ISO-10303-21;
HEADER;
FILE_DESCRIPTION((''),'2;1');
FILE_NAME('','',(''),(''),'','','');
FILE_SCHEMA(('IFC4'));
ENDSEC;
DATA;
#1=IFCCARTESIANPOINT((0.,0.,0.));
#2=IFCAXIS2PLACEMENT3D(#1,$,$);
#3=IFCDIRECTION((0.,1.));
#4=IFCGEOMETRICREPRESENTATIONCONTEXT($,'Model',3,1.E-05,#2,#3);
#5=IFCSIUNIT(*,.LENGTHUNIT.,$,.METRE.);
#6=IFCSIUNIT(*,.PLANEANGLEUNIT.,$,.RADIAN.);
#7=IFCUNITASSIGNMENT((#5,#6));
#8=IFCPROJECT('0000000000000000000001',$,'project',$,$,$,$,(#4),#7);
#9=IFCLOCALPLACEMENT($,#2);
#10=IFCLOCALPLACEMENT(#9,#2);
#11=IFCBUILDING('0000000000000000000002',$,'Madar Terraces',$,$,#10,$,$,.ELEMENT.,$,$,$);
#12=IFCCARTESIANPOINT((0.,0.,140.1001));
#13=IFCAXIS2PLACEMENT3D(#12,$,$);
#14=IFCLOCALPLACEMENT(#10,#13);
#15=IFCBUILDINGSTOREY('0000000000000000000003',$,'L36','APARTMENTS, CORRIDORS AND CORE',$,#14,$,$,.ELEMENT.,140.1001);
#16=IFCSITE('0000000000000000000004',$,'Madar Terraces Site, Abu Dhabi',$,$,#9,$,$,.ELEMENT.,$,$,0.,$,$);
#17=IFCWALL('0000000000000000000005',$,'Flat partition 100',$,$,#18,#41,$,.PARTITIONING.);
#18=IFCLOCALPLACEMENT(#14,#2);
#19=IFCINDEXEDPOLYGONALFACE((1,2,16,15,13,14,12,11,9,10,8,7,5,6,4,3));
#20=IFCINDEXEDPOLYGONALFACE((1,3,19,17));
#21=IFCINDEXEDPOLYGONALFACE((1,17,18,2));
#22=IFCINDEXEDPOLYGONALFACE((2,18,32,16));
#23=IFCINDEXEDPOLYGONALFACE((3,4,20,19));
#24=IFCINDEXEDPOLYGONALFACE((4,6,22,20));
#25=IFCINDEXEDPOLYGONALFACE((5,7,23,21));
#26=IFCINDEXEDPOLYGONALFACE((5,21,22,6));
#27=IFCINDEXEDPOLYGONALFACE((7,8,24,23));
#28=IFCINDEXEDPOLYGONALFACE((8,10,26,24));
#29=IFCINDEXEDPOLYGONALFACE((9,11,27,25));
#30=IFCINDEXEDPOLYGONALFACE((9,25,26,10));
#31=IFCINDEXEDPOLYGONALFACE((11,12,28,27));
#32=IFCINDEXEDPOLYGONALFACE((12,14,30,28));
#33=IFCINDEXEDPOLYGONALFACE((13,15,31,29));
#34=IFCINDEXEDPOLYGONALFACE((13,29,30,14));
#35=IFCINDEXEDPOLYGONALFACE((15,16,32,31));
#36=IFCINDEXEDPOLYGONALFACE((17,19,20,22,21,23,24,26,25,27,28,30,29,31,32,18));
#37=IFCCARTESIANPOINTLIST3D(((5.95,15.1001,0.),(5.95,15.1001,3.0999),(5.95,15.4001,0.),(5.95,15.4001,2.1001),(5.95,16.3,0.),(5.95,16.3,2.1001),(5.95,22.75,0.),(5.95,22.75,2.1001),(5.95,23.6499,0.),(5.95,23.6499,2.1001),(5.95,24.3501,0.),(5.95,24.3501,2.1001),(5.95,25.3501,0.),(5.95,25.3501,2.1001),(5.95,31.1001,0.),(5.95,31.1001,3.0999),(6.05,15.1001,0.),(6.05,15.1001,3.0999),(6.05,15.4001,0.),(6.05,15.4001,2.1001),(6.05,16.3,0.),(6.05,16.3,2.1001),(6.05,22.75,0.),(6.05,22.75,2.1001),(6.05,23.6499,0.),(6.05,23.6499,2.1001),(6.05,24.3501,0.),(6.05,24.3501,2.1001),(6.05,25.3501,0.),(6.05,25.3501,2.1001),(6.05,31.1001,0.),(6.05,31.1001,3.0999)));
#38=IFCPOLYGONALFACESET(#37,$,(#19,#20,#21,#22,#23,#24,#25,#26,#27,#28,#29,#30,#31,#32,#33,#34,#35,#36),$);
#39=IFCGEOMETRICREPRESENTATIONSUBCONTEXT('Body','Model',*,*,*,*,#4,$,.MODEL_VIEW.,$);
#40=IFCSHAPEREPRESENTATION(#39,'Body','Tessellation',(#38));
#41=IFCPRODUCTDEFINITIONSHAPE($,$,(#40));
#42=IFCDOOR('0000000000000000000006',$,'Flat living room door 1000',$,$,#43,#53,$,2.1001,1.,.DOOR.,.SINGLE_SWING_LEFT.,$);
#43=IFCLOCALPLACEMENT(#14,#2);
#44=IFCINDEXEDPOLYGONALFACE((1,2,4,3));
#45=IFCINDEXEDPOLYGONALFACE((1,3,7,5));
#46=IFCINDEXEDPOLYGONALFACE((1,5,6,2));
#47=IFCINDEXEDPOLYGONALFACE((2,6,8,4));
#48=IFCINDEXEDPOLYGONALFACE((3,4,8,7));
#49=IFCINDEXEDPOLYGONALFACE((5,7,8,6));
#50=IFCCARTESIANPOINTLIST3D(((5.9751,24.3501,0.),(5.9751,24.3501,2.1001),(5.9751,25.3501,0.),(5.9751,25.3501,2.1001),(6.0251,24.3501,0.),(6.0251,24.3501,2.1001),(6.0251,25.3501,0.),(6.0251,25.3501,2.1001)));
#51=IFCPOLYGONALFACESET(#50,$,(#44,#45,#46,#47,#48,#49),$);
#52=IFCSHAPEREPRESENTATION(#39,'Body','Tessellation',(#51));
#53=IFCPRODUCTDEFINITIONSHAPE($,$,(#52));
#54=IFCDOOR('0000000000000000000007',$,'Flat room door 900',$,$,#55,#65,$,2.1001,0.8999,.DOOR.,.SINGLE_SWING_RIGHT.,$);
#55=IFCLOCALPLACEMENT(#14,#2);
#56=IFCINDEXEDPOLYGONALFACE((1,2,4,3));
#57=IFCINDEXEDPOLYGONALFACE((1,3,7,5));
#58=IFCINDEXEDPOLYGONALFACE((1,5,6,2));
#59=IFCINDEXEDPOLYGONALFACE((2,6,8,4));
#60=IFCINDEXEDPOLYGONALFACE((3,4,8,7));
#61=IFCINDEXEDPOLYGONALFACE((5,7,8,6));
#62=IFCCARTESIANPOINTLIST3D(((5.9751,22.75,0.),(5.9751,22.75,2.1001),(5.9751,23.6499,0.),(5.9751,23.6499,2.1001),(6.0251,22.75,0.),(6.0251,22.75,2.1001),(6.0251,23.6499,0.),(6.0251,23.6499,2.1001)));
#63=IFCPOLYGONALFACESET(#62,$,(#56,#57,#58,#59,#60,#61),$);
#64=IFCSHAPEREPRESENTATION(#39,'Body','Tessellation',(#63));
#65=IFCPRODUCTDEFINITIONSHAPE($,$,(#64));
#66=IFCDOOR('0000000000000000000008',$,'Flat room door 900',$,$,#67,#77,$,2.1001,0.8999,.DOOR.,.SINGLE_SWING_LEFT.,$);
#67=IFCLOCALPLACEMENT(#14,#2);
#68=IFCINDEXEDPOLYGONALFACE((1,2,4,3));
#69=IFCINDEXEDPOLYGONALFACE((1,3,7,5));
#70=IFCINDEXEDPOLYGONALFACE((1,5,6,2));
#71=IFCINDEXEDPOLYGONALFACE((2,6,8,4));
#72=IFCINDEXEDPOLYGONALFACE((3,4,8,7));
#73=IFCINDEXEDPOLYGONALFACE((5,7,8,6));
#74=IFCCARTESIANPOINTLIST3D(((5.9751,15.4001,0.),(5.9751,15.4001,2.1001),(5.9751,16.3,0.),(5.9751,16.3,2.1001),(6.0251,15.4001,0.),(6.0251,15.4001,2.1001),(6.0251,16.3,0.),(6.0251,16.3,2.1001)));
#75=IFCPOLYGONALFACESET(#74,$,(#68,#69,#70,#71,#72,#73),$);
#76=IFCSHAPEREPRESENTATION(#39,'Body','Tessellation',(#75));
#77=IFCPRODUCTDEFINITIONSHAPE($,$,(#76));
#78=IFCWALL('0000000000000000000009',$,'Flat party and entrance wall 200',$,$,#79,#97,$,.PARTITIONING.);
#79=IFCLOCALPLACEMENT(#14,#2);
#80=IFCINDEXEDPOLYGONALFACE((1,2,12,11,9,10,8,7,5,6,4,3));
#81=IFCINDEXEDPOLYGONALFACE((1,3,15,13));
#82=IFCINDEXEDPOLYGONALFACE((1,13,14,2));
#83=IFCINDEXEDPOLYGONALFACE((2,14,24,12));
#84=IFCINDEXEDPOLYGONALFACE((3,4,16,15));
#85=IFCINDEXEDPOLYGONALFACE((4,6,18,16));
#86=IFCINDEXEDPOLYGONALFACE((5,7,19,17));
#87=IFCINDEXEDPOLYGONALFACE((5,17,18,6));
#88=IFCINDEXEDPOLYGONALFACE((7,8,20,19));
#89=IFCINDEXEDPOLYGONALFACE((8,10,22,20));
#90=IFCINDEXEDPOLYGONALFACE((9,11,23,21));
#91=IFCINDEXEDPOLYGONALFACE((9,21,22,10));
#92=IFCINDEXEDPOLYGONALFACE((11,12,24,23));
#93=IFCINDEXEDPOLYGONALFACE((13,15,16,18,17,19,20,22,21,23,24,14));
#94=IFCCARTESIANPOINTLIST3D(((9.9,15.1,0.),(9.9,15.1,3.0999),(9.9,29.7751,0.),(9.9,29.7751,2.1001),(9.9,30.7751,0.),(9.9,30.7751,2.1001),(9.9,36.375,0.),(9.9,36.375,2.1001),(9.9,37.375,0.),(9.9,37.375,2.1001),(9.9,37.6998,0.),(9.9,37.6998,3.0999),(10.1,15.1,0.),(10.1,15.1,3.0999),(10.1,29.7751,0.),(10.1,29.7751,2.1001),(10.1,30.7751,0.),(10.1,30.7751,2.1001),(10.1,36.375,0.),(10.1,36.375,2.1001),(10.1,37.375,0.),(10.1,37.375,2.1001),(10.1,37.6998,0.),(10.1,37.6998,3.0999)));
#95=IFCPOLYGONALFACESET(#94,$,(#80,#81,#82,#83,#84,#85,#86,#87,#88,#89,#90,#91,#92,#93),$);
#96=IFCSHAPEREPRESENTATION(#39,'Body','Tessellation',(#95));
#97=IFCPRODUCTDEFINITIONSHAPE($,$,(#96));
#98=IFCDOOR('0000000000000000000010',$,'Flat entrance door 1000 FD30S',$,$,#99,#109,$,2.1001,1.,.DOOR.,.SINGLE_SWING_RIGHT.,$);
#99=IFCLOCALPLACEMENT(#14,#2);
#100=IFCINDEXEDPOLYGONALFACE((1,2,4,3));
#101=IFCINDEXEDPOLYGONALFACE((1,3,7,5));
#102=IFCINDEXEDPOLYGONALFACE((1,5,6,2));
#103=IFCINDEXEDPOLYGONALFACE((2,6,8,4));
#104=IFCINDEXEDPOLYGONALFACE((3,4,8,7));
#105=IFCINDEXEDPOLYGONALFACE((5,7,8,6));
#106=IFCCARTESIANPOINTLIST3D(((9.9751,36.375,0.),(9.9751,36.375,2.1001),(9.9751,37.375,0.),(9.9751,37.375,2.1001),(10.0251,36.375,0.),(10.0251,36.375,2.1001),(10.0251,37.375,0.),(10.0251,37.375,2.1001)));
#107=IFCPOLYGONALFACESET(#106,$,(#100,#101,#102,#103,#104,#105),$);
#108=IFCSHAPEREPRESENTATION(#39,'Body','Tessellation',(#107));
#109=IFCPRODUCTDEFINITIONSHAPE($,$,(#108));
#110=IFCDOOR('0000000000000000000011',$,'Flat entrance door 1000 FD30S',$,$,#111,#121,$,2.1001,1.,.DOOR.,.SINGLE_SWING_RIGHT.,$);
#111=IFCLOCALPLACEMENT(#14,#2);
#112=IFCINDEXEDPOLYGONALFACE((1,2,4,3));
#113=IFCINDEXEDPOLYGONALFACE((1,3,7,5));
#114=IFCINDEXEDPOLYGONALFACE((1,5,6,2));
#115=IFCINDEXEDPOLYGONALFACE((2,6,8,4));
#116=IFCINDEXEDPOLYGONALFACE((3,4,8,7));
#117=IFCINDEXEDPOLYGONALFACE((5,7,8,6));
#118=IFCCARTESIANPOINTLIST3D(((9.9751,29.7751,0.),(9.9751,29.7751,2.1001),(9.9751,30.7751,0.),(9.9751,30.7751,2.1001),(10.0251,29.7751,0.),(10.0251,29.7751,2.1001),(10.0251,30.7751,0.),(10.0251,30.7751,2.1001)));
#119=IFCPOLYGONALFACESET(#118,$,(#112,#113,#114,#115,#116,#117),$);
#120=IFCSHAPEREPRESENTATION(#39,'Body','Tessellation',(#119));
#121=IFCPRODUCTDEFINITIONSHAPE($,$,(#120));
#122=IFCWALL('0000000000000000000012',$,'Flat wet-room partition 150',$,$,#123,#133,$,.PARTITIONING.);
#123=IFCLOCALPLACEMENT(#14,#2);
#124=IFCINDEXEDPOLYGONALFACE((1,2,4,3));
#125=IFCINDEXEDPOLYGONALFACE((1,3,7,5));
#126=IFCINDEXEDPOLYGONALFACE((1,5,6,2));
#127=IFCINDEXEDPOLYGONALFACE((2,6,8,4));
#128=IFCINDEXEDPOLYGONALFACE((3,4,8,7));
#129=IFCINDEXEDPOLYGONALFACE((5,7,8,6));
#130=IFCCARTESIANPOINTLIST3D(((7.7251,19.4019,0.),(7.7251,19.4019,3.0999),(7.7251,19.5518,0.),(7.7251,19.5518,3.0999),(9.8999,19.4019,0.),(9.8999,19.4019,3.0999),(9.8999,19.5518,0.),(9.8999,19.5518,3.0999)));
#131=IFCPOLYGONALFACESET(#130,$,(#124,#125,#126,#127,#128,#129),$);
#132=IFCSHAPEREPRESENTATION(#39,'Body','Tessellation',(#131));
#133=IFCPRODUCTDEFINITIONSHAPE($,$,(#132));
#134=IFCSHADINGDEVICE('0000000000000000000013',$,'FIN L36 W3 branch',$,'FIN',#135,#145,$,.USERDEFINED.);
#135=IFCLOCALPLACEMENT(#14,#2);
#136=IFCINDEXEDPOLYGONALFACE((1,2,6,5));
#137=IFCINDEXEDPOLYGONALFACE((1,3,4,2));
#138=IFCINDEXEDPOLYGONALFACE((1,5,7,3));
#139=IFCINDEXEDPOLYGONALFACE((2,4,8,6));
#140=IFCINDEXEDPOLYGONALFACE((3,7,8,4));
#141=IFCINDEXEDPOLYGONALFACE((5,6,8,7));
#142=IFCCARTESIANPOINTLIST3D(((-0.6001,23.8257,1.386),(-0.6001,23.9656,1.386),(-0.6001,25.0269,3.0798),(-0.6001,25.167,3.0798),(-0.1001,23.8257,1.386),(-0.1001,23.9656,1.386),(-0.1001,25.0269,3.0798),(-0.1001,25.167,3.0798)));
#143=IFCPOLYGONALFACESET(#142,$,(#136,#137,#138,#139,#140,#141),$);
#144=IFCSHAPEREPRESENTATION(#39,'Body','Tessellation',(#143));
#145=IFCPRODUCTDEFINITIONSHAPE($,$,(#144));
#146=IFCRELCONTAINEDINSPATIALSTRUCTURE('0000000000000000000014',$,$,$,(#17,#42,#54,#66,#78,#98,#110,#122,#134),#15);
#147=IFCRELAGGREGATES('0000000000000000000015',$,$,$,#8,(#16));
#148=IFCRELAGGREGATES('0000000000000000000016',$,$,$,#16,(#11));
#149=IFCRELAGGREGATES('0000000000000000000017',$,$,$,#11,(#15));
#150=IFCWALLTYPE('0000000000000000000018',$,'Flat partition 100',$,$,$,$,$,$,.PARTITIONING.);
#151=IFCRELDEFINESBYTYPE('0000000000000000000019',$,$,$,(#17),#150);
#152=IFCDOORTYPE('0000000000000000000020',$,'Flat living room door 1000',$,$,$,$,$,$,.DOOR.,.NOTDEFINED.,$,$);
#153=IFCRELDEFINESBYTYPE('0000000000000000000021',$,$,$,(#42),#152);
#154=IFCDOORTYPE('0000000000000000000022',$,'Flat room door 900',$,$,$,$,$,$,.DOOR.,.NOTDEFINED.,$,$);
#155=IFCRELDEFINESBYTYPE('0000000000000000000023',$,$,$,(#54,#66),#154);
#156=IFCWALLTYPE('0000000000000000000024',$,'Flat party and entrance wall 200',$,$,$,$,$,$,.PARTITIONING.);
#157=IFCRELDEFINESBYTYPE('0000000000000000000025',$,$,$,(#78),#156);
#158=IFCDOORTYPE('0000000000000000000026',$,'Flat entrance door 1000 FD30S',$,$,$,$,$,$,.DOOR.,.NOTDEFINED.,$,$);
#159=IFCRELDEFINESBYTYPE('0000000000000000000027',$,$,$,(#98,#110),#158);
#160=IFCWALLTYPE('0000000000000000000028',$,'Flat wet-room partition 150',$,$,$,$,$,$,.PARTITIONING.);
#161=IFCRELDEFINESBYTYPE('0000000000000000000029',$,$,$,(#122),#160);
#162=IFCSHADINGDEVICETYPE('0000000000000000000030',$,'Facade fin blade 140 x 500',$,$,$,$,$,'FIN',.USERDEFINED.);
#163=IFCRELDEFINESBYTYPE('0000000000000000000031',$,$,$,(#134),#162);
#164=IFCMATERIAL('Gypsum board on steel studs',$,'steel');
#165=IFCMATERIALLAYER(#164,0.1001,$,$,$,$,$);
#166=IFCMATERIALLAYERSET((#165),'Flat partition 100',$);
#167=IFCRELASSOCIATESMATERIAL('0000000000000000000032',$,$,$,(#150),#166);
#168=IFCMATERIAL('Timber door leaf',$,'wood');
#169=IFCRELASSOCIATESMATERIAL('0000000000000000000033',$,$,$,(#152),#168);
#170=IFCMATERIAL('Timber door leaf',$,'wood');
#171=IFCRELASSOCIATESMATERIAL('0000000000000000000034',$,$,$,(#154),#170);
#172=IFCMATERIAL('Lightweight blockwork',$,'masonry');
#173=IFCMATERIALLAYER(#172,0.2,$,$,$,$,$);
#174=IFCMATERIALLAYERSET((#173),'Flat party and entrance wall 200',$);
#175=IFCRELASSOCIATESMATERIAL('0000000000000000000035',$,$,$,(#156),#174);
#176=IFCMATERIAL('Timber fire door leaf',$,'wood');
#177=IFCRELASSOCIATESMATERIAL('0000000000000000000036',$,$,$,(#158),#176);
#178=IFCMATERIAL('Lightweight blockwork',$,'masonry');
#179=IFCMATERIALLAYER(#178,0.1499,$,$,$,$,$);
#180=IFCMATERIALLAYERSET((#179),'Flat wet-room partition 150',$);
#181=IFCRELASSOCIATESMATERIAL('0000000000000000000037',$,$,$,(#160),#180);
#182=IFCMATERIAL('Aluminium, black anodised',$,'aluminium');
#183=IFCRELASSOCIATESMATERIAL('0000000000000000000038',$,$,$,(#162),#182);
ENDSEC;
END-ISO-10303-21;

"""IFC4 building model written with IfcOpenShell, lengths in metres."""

from ifc_helpers import new_model, si_unit, direction, frame, frame_2d, origin, place, context, subcontext, project, spatial, polyline, rectangle, outline, extrude, material, layer, layer_set, type_object, element, fill, save


model = new_model("IFC4")

# Units and contexts
model_context = context("Model", 3, precision=1e-05, world=origin(), true_north=direction((0.0, 1.0)))
body_context = subcontext(model_context, "Body", "Model", "MODEL_VIEW")
ifc_project = project(units=[si_unit("LENGTHUNIT", "METRE"), si_unit("PLANEANGLEUNIT", "RADIAN")], contexts=[model_context])

# Site, building, storey
site_placement = place(None, origin())
site = spatial("IfcSite", under=ifc_project, at=site_placement, Name="Madar Terraces Site, Abu Dhabi", CompositionType="ELEMENT", RefElevation=0.0)
building_placement = place(site_placement, origin())
building = spatial("IfcBuilding", under=site, at=building_placement, Name="Madar Terraces", CompositionType="ELEMENT")
storey_placement = place(building_placement, frame((0.0, 0.0, 140.1001)))
storey = spatial("IfcBuildingStorey", under=building, at=storey_placement, Name="L36", Description="APARTMENTS, CORRIDORS AND CORE", CompositionType="ELEMENT", Elevation=140.1001)

# Shared definitions
ifc_material_1 = material(Name="Gypsum board on steel studs", Category="steel")
ifc_layer_1 = layer(ifc_material_1, 0.1001)
ifc_layer_set_1 = layer_set([ifc_layer_1], Name="Flat partition 100")
wall_type_1 = type_object("IfcWallType", Name="Flat partition 100", PredefinedType="PARTITIONING", material=ifc_layer_set_1)

# Walls, openings, doors
wall_1_placement = place(storey_placement, frame((6.0, 15.1001, 0.0), z_axis=(0.0, 0.0, 1.0), x_axis=(0.0, 1.0, 0.0)))
wall_1 = element("IfcWall", 1, at=wall_1_placement, inside=storey, type_object=wall_type_1, Name="Flat partition 100", PredefinedType="PARTITIONING", context=body_context, shape_type="SweptSolid", body=[
    extrude(rectangle(XDim=16.0, YDim=0.1001, at=frame_2d((8.0, 0.0))), origin(), (0.0, 0.0, 1.0), 3.0999),
])
opening_1_placement = place(wall_1_placement, frame((9.25, 0.0, 0.0)))
opening_1 = element("IfcOpeningElement", 2, at=opening_1_placement, cuts=wall_1, PredefinedType="OPENING", context=body_context, shape_type="SweptSolid", body=[
    extrude(rectangle(XDim=1.0, YDim=2.1001, at=frame_2d((0.5, 1.05))), frame((0.0, 0.0601, 0.0), z_axis=(0.0, -1.0, 0.0), x_axis=(1.0, 0.0, 0.0)), (0.0, 0.0, 1.0), 0.1201),
])
opening_2_placement = place(wall_1_placement, frame((7.6499, 0.0, 0.0)))
opening_2 = element("IfcOpeningElement", 3, at=opening_2_placement, cuts=wall_1, PredefinedType="OPENING", context=body_context, shape_type="SweptSolid", body=[
    extrude(rectangle(XDim=0.8999, YDim=2.1001, at=frame_2d((0.45, 1.05))), frame((0.0, 0.0601, 0.0), z_axis=(0.0, -1.0, 0.0), x_axis=(1.0, 0.0, 0.0)), (0.0, 0.0, 1.0), 0.1201),
])
opening_3_placement = place(wall_1_placement, frame((0.3, 0.0, 0.0)))
opening_3 = element("IfcOpeningElement", 4, at=opening_3_placement, cuts=wall_1, PredefinedType="OPENING", context=body_context, shape_type="SweptSolid", body=[
    extrude(rectangle(XDim=0.8999, YDim=2.1001, at=frame_2d((0.45, 1.05))), frame((0.0, 0.0601, 0.0), z_axis=(0.0, -1.0, 0.0), x_axis=(1.0, 0.0, 0.0)), (0.0, 0.0, 1.0), 0.1201),
])
ifc_material_2 = material(Name="Timber door leaf", Category="wood")
door_type_1 = type_object("IfcDoorType", Name="Flat living room door 1000", OperationType="NOTDEFINED", PredefinedType="DOOR", material=ifc_material_2)
door_1_placement = place(opening_1_placement, origin())
door_1 = element("IfcDoor", 5, at=door_1_placement, inside=storey, type_object=door_type_1, Name="Flat living room door 1000", OperationType="SINGLE_SWING_LEFT", OverallHeight=2.1001, OverallWidth=1.0, PredefinedType="DOOR", context=body_context, shape_type="SweptSolid", body=[
    extrude(rectangle(XDim=1.0, YDim=2.1001, at=frame_2d((0.5, 1.05))), frame((0.0, 0.0249, 0.0), z_axis=(0.0, -1.0, 0.0), x_axis=(1.0, 0.0, 0.0)), (0.0, 0.0, 1.0), 0.05),
])
fill(opening_1, door_1)
ifc_material_3 = material(Name="Timber door leaf", Category="wood")
door_type_2 = type_object("IfcDoorType", Name="Flat room door 900", OperationType="NOTDEFINED", PredefinedType="DOOR", material=ifc_material_3)
door_2_placement = place(opening_2_placement, origin())
door_2 = element("IfcDoor", 6, at=door_2_placement, inside=storey, type_object=door_type_2, Name="Flat room door 900", OperationType="SINGLE_SWING_RIGHT", OverallHeight=2.1001, OverallWidth=0.8999, PredefinedType="DOOR", context=body_context, shape_type="SweptSolid", body=[
    extrude(rectangle(XDim=0.8999, YDim=2.1001, at=frame_2d((0.45, 1.05))), frame((0.0, 0.0249, 0.0), z_axis=(0.0, -1.0, 0.0), x_axis=(1.0, 0.0, 0.0)), (0.0, 0.0, 1.0), 0.05),
])
fill(opening_2, door_2)
door_3_placement = place(opening_3_placement, origin())
door_3 = element("IfcDoor", 7, at=door_3_placement, inside=storey, type_object=door_type_2, Name="Flat room door 900", OperationType="SINGLE_SWING_LEFT", OverallHeight=2.1001, OverallWidth=0.8999, PredefinedType="DOOR", context=body_context, shape_type="SweptSolid", body=[
    extrude(rectangle(XDim=0.8999, YDim=2.1001, at=frame_2d((0.45, 1.05))), frame((0.0, 0.0249, 0.0), z_axis=(0.0, -1.0, 0.0), x_axis=(1.0, 0.0, 0.0)), (0.0, 0.0, 1.0), 0.05),
])
fill(opening_3, door_3)
ifc_material_4 = material(Name="Lightweight blockwork", Category="masonry")
ifc_layer_2 = layer(ifc_material_4, 0.2)
ifc_layer_set_2 = layer_set([ifc_layer_2], Name="Flat party and entrance wall 200")
wall_type_2 = type_object("IfcWallType", Name="Flat party and entrance wall 200", PredefinedType="PARTITIONING", material=ifc_layer_set_2)
wall_2_placement = place(storey_placement, frame((10.0, 15.1001, 0.0), z_axis=(0.0, 0.0, 1.0), x_axis=(0.0, 1.0, 0.0)))
wall_2 = element("IfcWall", 8, at=wall_2_placement, inside=storey, type_object=wall_type_2, Name="Flat party and entrance wall 200", PredefinedType="PARTITIONING", context=body_context, shape_type="SweptSolid", body=[
    extrude(rectangle(XDim=22.5999, YDim=0.2, at=frame_2d((11.2998, 0.0))), origin(), (0.0, 0.0, 1.0), 3.0999),
])
opening_4_placement = place(wall_2_placement, frame((21.2749, 0.0, 0.0)))
opening_4 = element("IfcOpeningElement", 9, at=opening_4_placement, cuts=wall_2, PredefinedType="OPENING", context=body_context, shape_type="SweptSolid", body=[
    extrude(rectangle(XDim=1.0, YDim=2.1001, at=frame_2d((0.5, 1.05))), frame((0.0, 0.1099, 0.0), z_axis=(0.0, -1.0, 0.0), x_axis=(1.0, 0.0, 0.0)), (0.0, 0.0, 1.0), 0.22),
])
opening_5_placement = place(wall_2_placement, frame((14.675, 0.0, 0.0)))
opening_5 = element("IfcOpeningElement", 10, at=opening_5_placement, cuts=wall_2, PredefinedType="OPENING", context=body_context, shape_type="SweptSolid", body=[
    extrude(rectangle(XDim=1.0, YDim=2.1001, at=frame_2d((0.5, 1.05))), frame((0.0, 0.1099, 0.0), z_axis=(0.0, -1.0, 0.0), x_axis=(1.0, 0.0, 0.0)), (0.0, 0.0, 1.0), 0.22),
])
ifc_material_5 = material(Name="Timber fire door leaf", Category="wood")
door_type_3 = type_object("IfcDoorType", Name="Flat entrance door 1000 FD30S", OperationType="NOTDEFINED", PredefinedType="DOOR", material=ifc_material_5)
door_4_placement = place(opening_4_placement, origin())
door_4 = element("IfcDoor", 11, at=door_4_placement, inside=storey, type_object=door_type_3, Name="Flat entrance door 1000 FD30S", OperationType="SINGLE_SWING_RIGHT", OverallHeight=2.1001, OverallWidth=1.0, PredefinedType="DOOR", context=body_context, shape_type="SweptSolid", body=[
    extrude(rectangle(XDim=1.0, YDim=2.1001, at=frame_2d((0.5, 1.05))), frame((0.0, 0.0249, 0.0), z_axis=(0.0, -1.0, 0.0), x_axis=(1.0, 0.0, 0.0)), (0.0, 0.0, 1.0), 0.05),
])
fill(opening_4, door_4)
door_5_placement = place(opening_5_placement, origin())
door_5 = element("IfcDoor", 12, at=door_5_placement, inside=storey, type_object=door_type_3, Name="Flat entrance door 1000 FD30S", OperationType="SINGLE_SWING_RIGHT", OverallHeight=2.1001, OverallWidth=1.0, PredefinedType="DOOR", context=body_context, shape_type="SweptSolid", body=[
    extrude(rectangle(XDim=1.0, YDim=2.1001, at=frame_2d((0.5, 1.05))), frame((0.0, 0.0249, 0.0), z_axis=(0.0, -1.0, 0.0), x_axis=(1.0, 0.0, 0.0)), (0.0, 0.0, 1.0), 0.05),
])
fill(opening_5, door_5)

# Wall
ifc_material_6 = material(Name="Lightweight blockwork", Category="masonry")
ifc_layer_3 = layer(ifc_material_6, 0.1499)
ifc_layer_set_3 = layer_set([ifc_layer_3], Name="Flat wet-room partition 150")
wall_type_3 = type_object("IfcWallType", Name="Flat wet-room partition 150", PredefinedType="PARTITIONING", material=ifc_layer_set_3)
wall_3_placement = place(storey_placement, frame((9.8999, 19.4768, 0.0), z_axis=(0.0, 0.0, 1.0), x_axis=(-1.0, 0.0, 0.0)))
element("IfcWall", 13, at=wall_3_placement, inside=storey, type_object=wall_type_3, Name="Flat wet-room partition 150", PredefinedType="PARTITIONING", context=body_context, shape_type="SweptSolid", body=[
    extrude(rectangle(XDim=2.1748, YDim=0.1499, at=frame_2d((1.0874, 0.0))), origin(), (0.0, 0.0, 1.0), 3.0999),
])

# Shading device
ifc_material_7 = material(Name="Aluminium, black anodised", Category="aluminium")
shading_device_type = type_object("IfcShadingDeviceType", Name="Facade fin blade 140 x 500", ElementType="FIN", PredefinedType="USERDEFINED", material=ifc_material_7)
shading_device_placement = place(storey_placement, frame((-0.3501, 23.9656, 1.386), z_axis=(0.0, 0.0, 1.0), x_axis=(0.0, -1.0, 0.0)))
element("IfcShadingDevice", 14, at=shading_device_placement, inside=storey, type_object=shading_device_type, Name="FIN L36 W3 branch", ObjectType="FIN", PredefinedType="USERDEFINED", context=body_context, shape_type="SweptSolid", body=[
    extrude(outline(polyline([(0.0, 0.0), (0.1399, 0.0), (-1.0613, 1.6938), (-1.2014, 1.6938), (0.0, 0.0)])), frame((0.0, 0.25, 0.0), z_axis=(0.0, -1.0, 0.0), x_axis=(1.0, 0.0, 0.0)), (0.0, 0.0, 1.0), 0.5),
])

save(model, "model.ifc")
